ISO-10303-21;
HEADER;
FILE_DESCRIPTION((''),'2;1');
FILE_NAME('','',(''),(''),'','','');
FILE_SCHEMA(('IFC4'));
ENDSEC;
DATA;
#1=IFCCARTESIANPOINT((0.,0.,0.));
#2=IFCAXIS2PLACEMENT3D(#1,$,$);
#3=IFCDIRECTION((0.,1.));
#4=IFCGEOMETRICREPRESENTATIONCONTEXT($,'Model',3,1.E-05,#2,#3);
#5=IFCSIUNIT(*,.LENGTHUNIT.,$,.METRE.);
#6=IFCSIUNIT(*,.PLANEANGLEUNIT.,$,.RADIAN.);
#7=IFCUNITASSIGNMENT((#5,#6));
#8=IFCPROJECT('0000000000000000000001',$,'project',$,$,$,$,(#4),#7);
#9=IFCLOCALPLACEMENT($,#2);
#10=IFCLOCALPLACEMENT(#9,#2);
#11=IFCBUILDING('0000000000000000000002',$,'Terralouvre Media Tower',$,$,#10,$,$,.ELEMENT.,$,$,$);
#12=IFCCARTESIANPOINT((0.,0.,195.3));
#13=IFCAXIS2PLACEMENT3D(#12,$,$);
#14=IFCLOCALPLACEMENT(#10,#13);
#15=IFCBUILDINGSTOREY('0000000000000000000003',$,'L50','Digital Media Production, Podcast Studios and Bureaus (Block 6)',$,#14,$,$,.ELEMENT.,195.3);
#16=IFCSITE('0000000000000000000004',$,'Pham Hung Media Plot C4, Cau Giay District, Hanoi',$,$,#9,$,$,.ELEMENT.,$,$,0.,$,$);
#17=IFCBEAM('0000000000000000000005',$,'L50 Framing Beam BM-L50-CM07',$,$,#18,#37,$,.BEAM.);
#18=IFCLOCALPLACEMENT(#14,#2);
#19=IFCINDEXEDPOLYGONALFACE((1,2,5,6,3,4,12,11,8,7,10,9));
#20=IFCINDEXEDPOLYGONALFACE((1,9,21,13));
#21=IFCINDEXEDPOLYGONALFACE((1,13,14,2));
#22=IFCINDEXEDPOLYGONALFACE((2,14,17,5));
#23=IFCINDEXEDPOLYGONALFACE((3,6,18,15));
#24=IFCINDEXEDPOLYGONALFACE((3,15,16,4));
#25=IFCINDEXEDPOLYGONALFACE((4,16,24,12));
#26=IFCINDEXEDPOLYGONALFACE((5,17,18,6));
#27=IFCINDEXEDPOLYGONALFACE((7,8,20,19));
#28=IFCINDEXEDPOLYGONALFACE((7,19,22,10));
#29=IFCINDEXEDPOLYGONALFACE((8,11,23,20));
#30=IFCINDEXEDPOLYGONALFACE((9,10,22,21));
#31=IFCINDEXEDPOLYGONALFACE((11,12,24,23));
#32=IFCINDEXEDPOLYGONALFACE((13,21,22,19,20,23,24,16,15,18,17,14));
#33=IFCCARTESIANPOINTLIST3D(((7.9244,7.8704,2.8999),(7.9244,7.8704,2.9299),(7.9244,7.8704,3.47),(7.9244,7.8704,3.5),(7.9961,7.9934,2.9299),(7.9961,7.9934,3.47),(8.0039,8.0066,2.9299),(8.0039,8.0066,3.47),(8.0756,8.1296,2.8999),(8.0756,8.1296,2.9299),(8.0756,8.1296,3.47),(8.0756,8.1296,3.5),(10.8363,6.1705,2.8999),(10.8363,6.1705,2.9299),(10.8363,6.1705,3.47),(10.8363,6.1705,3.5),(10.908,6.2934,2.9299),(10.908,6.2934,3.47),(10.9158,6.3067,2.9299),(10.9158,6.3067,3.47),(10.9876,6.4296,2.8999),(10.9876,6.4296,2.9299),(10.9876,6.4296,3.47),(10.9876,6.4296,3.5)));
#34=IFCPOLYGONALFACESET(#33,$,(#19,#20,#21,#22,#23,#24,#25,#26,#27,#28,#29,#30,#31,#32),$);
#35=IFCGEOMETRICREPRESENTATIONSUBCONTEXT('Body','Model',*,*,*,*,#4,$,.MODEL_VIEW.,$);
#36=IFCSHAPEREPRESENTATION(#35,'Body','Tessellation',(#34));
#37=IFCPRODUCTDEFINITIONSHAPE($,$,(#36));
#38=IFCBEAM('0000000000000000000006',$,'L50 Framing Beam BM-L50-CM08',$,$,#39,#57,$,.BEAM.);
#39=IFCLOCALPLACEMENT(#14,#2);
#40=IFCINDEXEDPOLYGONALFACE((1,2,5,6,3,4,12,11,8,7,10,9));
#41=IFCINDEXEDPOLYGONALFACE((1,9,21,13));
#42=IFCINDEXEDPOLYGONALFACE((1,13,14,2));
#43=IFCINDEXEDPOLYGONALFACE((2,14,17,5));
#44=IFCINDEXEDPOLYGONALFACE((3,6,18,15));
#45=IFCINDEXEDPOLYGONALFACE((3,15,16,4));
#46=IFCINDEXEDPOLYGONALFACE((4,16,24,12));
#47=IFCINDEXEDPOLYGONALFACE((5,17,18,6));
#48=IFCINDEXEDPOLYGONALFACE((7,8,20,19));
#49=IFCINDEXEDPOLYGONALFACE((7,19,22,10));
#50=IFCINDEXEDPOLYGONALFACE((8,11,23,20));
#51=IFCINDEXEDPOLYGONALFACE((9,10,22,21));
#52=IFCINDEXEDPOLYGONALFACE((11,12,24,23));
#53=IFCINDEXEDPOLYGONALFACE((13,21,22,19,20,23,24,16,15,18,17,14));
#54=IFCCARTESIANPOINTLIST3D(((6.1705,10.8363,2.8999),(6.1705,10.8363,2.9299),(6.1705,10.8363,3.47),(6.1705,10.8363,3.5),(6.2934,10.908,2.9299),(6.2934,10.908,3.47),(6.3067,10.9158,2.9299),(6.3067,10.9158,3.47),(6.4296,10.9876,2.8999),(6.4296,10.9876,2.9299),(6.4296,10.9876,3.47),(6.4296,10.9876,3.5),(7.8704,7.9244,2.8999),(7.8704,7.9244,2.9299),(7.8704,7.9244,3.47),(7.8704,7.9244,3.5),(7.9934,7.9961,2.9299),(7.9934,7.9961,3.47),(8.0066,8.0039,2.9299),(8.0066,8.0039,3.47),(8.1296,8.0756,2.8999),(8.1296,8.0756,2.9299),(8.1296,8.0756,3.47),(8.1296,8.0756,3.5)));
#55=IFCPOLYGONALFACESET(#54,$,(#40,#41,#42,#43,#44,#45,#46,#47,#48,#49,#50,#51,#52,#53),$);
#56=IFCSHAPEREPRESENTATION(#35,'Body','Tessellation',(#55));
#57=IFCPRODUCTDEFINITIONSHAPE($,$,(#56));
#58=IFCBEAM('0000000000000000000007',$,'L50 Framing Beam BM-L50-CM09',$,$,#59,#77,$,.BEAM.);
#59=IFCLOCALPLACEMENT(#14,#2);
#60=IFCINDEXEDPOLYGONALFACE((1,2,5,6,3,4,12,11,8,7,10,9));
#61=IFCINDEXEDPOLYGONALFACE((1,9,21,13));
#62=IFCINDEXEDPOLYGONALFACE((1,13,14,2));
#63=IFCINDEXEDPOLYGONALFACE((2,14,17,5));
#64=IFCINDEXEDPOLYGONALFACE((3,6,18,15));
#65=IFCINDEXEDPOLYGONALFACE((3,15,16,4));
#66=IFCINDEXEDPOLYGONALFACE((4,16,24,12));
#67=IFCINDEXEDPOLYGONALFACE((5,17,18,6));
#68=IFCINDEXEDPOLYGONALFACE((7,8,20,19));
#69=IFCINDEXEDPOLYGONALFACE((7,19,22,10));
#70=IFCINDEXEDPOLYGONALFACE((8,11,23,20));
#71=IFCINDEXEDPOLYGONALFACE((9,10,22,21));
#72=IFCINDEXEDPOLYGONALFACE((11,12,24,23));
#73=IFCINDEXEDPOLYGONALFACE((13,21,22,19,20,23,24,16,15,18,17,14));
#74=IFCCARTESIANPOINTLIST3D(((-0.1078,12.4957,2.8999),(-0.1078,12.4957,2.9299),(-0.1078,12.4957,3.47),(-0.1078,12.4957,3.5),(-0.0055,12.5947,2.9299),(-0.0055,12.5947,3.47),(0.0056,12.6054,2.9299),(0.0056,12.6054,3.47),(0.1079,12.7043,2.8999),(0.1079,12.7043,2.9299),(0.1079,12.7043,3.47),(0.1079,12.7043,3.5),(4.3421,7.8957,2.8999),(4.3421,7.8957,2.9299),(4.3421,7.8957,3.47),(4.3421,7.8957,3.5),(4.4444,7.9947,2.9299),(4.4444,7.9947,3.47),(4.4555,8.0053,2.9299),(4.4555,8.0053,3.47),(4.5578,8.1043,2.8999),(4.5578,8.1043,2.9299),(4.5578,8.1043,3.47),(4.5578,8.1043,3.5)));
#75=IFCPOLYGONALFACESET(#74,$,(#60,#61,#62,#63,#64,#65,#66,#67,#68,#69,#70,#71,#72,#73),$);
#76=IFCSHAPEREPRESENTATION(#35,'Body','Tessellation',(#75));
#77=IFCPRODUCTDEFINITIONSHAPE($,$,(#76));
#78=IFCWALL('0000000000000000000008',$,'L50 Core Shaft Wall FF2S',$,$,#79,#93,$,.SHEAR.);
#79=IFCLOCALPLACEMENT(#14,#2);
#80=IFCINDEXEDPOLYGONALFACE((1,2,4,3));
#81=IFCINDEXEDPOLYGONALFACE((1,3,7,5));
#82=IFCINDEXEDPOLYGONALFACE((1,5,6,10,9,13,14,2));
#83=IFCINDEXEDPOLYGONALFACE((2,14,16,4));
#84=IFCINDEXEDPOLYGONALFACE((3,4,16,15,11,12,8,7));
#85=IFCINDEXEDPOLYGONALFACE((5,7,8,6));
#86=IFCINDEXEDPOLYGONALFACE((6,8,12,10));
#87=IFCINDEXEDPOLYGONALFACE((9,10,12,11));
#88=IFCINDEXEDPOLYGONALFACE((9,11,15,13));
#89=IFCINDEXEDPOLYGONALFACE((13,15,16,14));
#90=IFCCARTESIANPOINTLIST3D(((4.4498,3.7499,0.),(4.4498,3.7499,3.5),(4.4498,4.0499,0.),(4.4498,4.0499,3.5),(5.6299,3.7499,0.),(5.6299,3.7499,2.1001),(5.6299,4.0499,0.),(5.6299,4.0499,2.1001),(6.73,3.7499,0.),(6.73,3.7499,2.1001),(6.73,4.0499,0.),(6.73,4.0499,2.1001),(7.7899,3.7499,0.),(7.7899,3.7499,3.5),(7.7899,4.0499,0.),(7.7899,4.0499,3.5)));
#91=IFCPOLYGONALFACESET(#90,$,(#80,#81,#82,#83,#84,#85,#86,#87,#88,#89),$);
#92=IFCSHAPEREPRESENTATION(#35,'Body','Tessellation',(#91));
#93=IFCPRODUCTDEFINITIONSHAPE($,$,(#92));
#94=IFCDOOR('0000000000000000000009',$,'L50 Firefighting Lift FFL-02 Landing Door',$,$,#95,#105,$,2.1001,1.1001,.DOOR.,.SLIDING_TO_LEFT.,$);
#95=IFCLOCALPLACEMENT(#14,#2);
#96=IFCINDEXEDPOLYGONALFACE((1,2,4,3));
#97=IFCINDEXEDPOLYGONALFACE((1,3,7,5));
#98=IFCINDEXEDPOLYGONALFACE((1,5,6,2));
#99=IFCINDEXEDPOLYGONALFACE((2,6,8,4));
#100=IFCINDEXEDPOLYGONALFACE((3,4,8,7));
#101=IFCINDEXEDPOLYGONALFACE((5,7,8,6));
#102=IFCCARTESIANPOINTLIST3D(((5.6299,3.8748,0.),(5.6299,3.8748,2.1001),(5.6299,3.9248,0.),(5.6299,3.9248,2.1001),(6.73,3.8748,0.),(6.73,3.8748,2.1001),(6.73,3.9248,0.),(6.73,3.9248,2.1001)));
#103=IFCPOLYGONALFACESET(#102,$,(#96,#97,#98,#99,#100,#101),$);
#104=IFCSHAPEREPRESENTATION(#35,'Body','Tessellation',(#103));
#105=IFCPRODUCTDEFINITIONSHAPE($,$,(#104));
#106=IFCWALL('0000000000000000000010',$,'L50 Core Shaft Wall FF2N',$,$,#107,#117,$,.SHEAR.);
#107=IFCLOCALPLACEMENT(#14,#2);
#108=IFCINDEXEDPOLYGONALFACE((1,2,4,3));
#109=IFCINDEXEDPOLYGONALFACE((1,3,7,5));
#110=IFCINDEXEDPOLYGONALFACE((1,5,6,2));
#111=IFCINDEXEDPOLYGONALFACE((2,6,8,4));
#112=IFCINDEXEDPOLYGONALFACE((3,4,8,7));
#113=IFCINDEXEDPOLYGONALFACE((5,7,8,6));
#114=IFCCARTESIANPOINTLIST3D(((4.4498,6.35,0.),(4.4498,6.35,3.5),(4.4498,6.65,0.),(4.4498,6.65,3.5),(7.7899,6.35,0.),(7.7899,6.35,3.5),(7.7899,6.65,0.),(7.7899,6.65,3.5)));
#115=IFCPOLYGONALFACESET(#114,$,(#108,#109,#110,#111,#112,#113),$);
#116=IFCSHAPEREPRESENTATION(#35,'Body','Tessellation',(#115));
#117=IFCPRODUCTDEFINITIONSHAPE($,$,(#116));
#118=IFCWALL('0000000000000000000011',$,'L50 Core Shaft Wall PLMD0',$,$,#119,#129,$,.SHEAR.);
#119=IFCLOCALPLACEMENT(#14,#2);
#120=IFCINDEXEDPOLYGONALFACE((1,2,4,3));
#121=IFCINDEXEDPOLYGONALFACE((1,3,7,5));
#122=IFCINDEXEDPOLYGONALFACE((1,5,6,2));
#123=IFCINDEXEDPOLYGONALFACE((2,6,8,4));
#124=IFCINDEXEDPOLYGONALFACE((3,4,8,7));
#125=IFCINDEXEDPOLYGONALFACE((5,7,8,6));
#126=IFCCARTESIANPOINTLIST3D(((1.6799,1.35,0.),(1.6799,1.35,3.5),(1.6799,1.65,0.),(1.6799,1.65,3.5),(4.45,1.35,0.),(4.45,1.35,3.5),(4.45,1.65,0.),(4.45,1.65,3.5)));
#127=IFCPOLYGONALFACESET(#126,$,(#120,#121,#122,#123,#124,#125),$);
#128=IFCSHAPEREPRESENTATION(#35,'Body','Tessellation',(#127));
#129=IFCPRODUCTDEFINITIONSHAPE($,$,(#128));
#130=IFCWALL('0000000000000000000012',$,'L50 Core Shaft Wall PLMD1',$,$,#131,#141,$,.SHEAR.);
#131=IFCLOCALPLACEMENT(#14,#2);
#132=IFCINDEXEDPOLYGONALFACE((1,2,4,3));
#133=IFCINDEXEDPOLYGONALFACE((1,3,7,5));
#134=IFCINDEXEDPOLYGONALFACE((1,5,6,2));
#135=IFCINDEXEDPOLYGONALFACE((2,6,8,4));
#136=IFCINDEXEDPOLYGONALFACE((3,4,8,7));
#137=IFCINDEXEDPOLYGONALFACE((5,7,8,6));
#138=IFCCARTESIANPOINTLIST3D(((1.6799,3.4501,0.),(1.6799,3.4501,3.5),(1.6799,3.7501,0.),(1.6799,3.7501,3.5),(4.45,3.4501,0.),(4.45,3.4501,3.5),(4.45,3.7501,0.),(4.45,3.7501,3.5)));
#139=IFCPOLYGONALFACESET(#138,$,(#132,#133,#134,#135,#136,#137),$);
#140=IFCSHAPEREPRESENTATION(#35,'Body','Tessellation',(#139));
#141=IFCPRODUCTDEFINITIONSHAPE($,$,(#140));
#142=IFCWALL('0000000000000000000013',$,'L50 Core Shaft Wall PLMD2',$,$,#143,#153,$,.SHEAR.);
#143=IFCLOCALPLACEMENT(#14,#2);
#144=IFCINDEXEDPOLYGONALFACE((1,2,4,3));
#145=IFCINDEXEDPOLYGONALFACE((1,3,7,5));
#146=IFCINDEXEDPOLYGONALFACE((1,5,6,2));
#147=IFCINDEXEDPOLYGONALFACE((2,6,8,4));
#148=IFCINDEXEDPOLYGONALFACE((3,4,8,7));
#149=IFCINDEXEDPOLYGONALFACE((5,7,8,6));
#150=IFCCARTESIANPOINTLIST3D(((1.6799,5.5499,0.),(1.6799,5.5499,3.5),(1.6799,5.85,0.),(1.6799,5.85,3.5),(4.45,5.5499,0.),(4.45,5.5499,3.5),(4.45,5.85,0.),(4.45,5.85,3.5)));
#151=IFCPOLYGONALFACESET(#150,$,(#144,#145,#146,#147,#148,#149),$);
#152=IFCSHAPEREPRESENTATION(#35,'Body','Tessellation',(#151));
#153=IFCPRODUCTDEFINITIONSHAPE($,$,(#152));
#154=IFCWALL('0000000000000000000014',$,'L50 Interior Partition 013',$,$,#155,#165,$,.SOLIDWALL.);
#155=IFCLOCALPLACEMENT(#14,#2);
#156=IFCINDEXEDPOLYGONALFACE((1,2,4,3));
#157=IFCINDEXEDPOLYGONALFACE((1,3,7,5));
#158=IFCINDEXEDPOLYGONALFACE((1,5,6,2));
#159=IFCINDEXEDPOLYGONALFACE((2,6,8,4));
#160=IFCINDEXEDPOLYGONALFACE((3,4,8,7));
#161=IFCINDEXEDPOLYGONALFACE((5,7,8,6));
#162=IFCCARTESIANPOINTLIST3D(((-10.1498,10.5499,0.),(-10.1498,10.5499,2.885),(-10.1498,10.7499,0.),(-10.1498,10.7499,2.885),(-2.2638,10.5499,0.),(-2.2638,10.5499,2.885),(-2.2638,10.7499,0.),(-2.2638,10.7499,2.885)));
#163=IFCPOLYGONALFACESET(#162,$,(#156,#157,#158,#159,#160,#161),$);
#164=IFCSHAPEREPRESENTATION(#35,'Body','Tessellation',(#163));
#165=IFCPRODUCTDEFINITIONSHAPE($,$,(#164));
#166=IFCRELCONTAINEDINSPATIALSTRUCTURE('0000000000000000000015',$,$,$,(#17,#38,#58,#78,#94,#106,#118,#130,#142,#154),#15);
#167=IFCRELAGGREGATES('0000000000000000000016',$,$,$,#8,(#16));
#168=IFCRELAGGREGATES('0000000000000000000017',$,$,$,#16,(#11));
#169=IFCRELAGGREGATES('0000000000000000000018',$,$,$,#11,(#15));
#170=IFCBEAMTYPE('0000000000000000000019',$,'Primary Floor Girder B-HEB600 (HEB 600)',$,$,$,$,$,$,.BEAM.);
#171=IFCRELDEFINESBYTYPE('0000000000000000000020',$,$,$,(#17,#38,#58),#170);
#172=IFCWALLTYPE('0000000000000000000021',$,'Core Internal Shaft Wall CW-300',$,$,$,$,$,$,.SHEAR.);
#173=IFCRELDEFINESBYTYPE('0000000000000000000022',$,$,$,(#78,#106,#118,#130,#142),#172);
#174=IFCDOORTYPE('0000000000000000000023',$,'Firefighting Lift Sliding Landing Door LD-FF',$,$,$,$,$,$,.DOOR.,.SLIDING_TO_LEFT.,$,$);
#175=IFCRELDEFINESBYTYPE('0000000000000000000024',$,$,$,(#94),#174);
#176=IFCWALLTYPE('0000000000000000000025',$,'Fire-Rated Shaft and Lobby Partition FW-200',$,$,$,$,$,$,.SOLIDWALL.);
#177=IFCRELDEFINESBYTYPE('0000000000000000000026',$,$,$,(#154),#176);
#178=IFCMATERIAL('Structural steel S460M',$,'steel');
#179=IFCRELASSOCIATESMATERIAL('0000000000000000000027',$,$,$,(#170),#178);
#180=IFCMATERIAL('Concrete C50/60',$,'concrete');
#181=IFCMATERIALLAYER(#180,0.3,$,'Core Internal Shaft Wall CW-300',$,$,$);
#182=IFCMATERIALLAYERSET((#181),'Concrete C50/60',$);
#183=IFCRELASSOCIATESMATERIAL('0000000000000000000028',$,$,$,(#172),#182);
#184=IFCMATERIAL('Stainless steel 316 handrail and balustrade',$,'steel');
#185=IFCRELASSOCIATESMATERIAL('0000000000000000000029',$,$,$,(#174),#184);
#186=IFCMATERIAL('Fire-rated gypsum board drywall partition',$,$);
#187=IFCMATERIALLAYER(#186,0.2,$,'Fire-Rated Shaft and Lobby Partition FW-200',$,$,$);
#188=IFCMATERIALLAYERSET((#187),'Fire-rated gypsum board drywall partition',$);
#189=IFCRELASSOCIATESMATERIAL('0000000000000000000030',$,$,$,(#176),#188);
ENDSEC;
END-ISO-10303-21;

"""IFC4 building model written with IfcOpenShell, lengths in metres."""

from ifc_helpers import new_model, si_unit, direction, frame, frame_2d, origin, origin_2d, place, context, subcontext, project, spatial, rectangle, i_section, extrude, material, layer, layer_set, material_profile, profile_set, type_object, element, fill, save


model = new_model("IFC4")

# Units and contexts
model_context = context("Model", 3, precision=1e-05, world=origin(), true_north=direction((0.0, 1.0)))
body_context = subcontext(model_context, "Body", "Model", "MODEL_VIEW")
ifc_project = project(units=[si_unit("LENGTHUNIT", "METRE"), si_unit("PLANEANGLEUNIT", "RADIAN")], contexts=[model_context])

# Site, building, storey
site_placement = place(None, origin())
site = spatial("IfcSite", under=ifc_project, at=site_placement, Name="Pham Hung Media Plot C4, Cau Giay District, Hanoi", CompositionType="ELEMENT", RefElevation=0.0)
building_placement = place(site_placement, origin())
building = spatial("IfcBuilding", under=site, at=building_placement, Name="Terralouvre Media Tower", CompositionType="ELEMENT")
storey_placement = place(building_placement, frame((0.0, 0.0, 195.3)))
storey = spatial("IfcBuildingStorey", under=building, at=storey_placement, Name="L50", Description="Digital Media Production, Podcast Studios and Bureaus (Block 6)", CompositionType="ELEMENT", Elevation=195.3)

# Beams
ifc_material_1 = material(Name="Structural steel S460M", Category="steel")
ifc_material_profile_1 = material_profile(ifc_material_1, i_section(OverallWidth=0.3, OverallDepth=0.6001, WebThickness=0.0154, FlangeThickness=0.03, at=origin_2d()), Name="HEB 600")
ifc_profile_set_1 = profile_set([ifc_material_profile_1], Name="Structural steel S460M")
beam_type_1 = type_object("IfcBeamType", Name="Primary Floor Girder B-HEB600 (HEB 600)", PredefinedType="BEAM", material=ifc_profile_set_1)
for number, where, z_axis, x_axis, name in (
    (1, (8.0, 8.0, 3.2), (0.863603, -0.504173, 0.0), (0.504173, 0.863603, 0.0), "L50 Framing Beam BM-L50-CM07"),
    (2, (8.0, 8.0, 3.2), (-0.504173, 0.863603, 0.0), (-0.863603, -0.504173, 0.0), "L50 Framing Beam BM-L50-CM08"),
):
    element("IfcBeam", number, at=place(storey_placement, frame(where, z_axis=z_axis, x_axis=x_axis)), inside=storey, type_object=beam_type_1, Name=name, PredefinedType="BEAM", context=body_context, shape_type="SweptSolid", body=[
        extrude(i_section(OverallWidth=0.3, OverallDepth=0.6001, WebThickness=0.0154, FlangeThickness=0.03, at=origin_2d()), origin(), (0.0, 0.0, 1.0), 3.3718),
    ])
beam_1_placement = place(storey_placement, frame((4.45, 8.0, 3.2), z_axis=(-0.69528, 0.718739, 0.0), x_axis=(-0.718739, -0.69528, 0.0)))
element("IfcBeam", 3, at=beam_1_placement, inside=storey, type_object=beam_type_1, Name="L50 Framing Beam BM-L50-CM09", PredefinedType="BEAM", context=body_context, shape_type="SweptSolid", body=[
    extrude(i_section(OverallWidth=0.3, OverallDepth=0.6001, WebThickness=0.0154, FlangeThickness=0.03, at=origin_2d()), origin(), (0.0, 0.0, 1.0), 6.4001),
])

# Wall, opening, door
ifc_material_2 = material(Name="Concrete C50/60", Category="concrete")
ifc_layer_1 = layer(ifc_material_2, 0.3, Name="Core Internal Shaft Wall CW-300")
ifc_layer_set_1 = layer_set([ifc_layer_1], Name="Concrete C50/60")
wall_type_1 = type_object("IfcWallType", Name="Core Internal Shaft Wall CW-300", PredefinedType="SHEAR", material=ifc_layer_set_1)
wall_1_placement = place(storey_placement, frame((4.45, 3.8999, 0.0), z_axis=(0.0, 0.0, 1.0), x_axis=(1.0, 0.0, 0.0)))
wall_1 = element("IfcWall", 4, at=wall_1_placement, inside=storey, type_object=wall_type_1, Name="L50 Core Shaft Wall FF2S", PredefinedType="SHEAR", context=body_context, shape_type="SweptSolid", body=[
    extrude(rectangle(XDim=3.3401, YDim=0.3, at=frame_2d((1.6699, 0.0))), origin(), (0.0, 0.0, 1.0), 3.5),
])
opening_1_placement = place(wall_1_placement, frame((1.1799, 0.0, 0.0)))
opening_1 = element("IfcOpeningElement", 5, at=opening_1_placement, cuts=wall_1, PredefinedType="OPENING", context=body_context, shape_type="SweptSolid", body=[
    extrude(rectangle(XDim=1.1001, YDim=2.1001, at=frame_2d((0.55, 1.05))), frame((0.0, 0.1599, 0.0), z_axis=(0.0, -1.0, 0.0), x_axis=(1.0, 0.0, 0.0)), (0.0, 0.0, 1.0), 0.3201),
])
ifc_material_3 = material(Name="Stainless steel 316 handrail and balustrade", Category="steel")
door_type_1 = type_object("IfcDoorType", Name="Firefighting Lift Sliding Landing Door LD-FF", OperationType="SLIDING_TO_LEFT", PredefinedType="DOOR", material=ifc_material_3)
door_1_placement = place(opening_1_placement, origin())
door_1 = element("IfcDoor", 6, at=door_1_placement, inside=storey, type_object=door_type_1, Name="L50 Firefighting Lift FFL-02 Landing Door", OperationType="SLIDING_TO_LEFT", OverallHeight=2.1001, OverallWidth=1.1001, PredefinedType="DOOR", context=body_context, shape_type="SweptSolid", body=[
    extrude(rectangle(XDim=1.1001, YDim=2.1001, at=frame_2d((0.55, 1.05))), frame((0.0, 0.0249, 0.0), z_axis=(0.0, -1.0, 0.0), x_axis=(1.0, 0.0, 0.0)), (0.0, 0.0, 1.0), 0.05),
])
fill(opening_1, door_1)

# Walls
wall_2_placement = place(storey_placement, frame((4.45, 6.5, 0.0), z_axis=(0.0, 0.0, 1.0), x_axis=(1.0, 0.0, 0.0)))
element("IfcWall", 7, at=wall_2_placement, inside=storey, type_object=wall_type_1, Name="L50 Core Shaft Wall FF2N", PredefinedType="SHEAR", context=body_context, shape_type="SweptSolid", body=[
    extrude(rectangle(XDim=3.3401, YDim=0.3, at=frame_2d((1.6699, 0.0))), origin(), (0.0, 0.0, 1.0), 3.5),
])
for number, where, z_axis, x_axis, name in (
    (8, (1.6799, 1.5, 0.0), (0.0, 0.0, 1.0), (1.0, 0.0, 0.0), "L50 Core Shaft Wall PLMD0"),
    (9, (1.6799, 3.6001, 0.0), (0.0, 0.0, 1.0), (1.0, 0.0, 0.0), "L50 Core Shaft Wall PLMD1"),
    (10, (1.6799, 5.7, 0.0), (0.0, 0.0, 1.0), (1.0, 0.0, 0.0), "L50 Core Shaft Wall PLMD2"),
):
    element("IfcWall", number, at=place(storey_placement, frame(where, z_axis=z_axis, x_axis=x_axis)), inside=storey, type_object=wall_type_1, Name=name, PredefinedType="SHEAR", context=body_context, shape_type="SweptSolid", body=[
        extrude(rectangle(XDim=2.77, YDim=0.3, at=frame_2d((1.385, 0.0))), origin(), (0.0, 0.0, 1.0), 3.5),
    ])
ifc_material_4 = material(Name="Fire-rated gypsum board drywall partition")
ifc_layer_2 = layer(ifc_material_4, 0.2, Name="Fire-Rated Shaft and Lobby Partition FW-200")
ifc_layer_set_2 = layer_set([ifc_layer_2], Name="Fire-rated gypsum board drywall partition")
wall_type_2 = type_object("IfcWallType", Name="Fire-Rated Shaft and Lobby Partition FW-200", PredefinedType="SOLIDWALL", material=ifc_layer_set_2)
wall_3_placement = place(storey_placement, frame((-2.2639, 10.6499, 0.0), z_axis=(0.0, 0.0, 1.0), x_axis=(-1.0, 0.0, 0.0)))
element("IfcWall", 11, at=wall_3_placement, inside=storey, type_object=wall_type_2, Name="L50 Interior Partition 013", PredefinedType="SOLIDWALL", context=body_context, shape_type="SweptSolid", body=[
    extrude(rectangle(XDim=7.886, YDim=0.2, at=frame_2d((3.9429, 0.0))), origin(), (0.0, 0.0, 1.0), 2.885),
])

save(model, "model.ifc")
